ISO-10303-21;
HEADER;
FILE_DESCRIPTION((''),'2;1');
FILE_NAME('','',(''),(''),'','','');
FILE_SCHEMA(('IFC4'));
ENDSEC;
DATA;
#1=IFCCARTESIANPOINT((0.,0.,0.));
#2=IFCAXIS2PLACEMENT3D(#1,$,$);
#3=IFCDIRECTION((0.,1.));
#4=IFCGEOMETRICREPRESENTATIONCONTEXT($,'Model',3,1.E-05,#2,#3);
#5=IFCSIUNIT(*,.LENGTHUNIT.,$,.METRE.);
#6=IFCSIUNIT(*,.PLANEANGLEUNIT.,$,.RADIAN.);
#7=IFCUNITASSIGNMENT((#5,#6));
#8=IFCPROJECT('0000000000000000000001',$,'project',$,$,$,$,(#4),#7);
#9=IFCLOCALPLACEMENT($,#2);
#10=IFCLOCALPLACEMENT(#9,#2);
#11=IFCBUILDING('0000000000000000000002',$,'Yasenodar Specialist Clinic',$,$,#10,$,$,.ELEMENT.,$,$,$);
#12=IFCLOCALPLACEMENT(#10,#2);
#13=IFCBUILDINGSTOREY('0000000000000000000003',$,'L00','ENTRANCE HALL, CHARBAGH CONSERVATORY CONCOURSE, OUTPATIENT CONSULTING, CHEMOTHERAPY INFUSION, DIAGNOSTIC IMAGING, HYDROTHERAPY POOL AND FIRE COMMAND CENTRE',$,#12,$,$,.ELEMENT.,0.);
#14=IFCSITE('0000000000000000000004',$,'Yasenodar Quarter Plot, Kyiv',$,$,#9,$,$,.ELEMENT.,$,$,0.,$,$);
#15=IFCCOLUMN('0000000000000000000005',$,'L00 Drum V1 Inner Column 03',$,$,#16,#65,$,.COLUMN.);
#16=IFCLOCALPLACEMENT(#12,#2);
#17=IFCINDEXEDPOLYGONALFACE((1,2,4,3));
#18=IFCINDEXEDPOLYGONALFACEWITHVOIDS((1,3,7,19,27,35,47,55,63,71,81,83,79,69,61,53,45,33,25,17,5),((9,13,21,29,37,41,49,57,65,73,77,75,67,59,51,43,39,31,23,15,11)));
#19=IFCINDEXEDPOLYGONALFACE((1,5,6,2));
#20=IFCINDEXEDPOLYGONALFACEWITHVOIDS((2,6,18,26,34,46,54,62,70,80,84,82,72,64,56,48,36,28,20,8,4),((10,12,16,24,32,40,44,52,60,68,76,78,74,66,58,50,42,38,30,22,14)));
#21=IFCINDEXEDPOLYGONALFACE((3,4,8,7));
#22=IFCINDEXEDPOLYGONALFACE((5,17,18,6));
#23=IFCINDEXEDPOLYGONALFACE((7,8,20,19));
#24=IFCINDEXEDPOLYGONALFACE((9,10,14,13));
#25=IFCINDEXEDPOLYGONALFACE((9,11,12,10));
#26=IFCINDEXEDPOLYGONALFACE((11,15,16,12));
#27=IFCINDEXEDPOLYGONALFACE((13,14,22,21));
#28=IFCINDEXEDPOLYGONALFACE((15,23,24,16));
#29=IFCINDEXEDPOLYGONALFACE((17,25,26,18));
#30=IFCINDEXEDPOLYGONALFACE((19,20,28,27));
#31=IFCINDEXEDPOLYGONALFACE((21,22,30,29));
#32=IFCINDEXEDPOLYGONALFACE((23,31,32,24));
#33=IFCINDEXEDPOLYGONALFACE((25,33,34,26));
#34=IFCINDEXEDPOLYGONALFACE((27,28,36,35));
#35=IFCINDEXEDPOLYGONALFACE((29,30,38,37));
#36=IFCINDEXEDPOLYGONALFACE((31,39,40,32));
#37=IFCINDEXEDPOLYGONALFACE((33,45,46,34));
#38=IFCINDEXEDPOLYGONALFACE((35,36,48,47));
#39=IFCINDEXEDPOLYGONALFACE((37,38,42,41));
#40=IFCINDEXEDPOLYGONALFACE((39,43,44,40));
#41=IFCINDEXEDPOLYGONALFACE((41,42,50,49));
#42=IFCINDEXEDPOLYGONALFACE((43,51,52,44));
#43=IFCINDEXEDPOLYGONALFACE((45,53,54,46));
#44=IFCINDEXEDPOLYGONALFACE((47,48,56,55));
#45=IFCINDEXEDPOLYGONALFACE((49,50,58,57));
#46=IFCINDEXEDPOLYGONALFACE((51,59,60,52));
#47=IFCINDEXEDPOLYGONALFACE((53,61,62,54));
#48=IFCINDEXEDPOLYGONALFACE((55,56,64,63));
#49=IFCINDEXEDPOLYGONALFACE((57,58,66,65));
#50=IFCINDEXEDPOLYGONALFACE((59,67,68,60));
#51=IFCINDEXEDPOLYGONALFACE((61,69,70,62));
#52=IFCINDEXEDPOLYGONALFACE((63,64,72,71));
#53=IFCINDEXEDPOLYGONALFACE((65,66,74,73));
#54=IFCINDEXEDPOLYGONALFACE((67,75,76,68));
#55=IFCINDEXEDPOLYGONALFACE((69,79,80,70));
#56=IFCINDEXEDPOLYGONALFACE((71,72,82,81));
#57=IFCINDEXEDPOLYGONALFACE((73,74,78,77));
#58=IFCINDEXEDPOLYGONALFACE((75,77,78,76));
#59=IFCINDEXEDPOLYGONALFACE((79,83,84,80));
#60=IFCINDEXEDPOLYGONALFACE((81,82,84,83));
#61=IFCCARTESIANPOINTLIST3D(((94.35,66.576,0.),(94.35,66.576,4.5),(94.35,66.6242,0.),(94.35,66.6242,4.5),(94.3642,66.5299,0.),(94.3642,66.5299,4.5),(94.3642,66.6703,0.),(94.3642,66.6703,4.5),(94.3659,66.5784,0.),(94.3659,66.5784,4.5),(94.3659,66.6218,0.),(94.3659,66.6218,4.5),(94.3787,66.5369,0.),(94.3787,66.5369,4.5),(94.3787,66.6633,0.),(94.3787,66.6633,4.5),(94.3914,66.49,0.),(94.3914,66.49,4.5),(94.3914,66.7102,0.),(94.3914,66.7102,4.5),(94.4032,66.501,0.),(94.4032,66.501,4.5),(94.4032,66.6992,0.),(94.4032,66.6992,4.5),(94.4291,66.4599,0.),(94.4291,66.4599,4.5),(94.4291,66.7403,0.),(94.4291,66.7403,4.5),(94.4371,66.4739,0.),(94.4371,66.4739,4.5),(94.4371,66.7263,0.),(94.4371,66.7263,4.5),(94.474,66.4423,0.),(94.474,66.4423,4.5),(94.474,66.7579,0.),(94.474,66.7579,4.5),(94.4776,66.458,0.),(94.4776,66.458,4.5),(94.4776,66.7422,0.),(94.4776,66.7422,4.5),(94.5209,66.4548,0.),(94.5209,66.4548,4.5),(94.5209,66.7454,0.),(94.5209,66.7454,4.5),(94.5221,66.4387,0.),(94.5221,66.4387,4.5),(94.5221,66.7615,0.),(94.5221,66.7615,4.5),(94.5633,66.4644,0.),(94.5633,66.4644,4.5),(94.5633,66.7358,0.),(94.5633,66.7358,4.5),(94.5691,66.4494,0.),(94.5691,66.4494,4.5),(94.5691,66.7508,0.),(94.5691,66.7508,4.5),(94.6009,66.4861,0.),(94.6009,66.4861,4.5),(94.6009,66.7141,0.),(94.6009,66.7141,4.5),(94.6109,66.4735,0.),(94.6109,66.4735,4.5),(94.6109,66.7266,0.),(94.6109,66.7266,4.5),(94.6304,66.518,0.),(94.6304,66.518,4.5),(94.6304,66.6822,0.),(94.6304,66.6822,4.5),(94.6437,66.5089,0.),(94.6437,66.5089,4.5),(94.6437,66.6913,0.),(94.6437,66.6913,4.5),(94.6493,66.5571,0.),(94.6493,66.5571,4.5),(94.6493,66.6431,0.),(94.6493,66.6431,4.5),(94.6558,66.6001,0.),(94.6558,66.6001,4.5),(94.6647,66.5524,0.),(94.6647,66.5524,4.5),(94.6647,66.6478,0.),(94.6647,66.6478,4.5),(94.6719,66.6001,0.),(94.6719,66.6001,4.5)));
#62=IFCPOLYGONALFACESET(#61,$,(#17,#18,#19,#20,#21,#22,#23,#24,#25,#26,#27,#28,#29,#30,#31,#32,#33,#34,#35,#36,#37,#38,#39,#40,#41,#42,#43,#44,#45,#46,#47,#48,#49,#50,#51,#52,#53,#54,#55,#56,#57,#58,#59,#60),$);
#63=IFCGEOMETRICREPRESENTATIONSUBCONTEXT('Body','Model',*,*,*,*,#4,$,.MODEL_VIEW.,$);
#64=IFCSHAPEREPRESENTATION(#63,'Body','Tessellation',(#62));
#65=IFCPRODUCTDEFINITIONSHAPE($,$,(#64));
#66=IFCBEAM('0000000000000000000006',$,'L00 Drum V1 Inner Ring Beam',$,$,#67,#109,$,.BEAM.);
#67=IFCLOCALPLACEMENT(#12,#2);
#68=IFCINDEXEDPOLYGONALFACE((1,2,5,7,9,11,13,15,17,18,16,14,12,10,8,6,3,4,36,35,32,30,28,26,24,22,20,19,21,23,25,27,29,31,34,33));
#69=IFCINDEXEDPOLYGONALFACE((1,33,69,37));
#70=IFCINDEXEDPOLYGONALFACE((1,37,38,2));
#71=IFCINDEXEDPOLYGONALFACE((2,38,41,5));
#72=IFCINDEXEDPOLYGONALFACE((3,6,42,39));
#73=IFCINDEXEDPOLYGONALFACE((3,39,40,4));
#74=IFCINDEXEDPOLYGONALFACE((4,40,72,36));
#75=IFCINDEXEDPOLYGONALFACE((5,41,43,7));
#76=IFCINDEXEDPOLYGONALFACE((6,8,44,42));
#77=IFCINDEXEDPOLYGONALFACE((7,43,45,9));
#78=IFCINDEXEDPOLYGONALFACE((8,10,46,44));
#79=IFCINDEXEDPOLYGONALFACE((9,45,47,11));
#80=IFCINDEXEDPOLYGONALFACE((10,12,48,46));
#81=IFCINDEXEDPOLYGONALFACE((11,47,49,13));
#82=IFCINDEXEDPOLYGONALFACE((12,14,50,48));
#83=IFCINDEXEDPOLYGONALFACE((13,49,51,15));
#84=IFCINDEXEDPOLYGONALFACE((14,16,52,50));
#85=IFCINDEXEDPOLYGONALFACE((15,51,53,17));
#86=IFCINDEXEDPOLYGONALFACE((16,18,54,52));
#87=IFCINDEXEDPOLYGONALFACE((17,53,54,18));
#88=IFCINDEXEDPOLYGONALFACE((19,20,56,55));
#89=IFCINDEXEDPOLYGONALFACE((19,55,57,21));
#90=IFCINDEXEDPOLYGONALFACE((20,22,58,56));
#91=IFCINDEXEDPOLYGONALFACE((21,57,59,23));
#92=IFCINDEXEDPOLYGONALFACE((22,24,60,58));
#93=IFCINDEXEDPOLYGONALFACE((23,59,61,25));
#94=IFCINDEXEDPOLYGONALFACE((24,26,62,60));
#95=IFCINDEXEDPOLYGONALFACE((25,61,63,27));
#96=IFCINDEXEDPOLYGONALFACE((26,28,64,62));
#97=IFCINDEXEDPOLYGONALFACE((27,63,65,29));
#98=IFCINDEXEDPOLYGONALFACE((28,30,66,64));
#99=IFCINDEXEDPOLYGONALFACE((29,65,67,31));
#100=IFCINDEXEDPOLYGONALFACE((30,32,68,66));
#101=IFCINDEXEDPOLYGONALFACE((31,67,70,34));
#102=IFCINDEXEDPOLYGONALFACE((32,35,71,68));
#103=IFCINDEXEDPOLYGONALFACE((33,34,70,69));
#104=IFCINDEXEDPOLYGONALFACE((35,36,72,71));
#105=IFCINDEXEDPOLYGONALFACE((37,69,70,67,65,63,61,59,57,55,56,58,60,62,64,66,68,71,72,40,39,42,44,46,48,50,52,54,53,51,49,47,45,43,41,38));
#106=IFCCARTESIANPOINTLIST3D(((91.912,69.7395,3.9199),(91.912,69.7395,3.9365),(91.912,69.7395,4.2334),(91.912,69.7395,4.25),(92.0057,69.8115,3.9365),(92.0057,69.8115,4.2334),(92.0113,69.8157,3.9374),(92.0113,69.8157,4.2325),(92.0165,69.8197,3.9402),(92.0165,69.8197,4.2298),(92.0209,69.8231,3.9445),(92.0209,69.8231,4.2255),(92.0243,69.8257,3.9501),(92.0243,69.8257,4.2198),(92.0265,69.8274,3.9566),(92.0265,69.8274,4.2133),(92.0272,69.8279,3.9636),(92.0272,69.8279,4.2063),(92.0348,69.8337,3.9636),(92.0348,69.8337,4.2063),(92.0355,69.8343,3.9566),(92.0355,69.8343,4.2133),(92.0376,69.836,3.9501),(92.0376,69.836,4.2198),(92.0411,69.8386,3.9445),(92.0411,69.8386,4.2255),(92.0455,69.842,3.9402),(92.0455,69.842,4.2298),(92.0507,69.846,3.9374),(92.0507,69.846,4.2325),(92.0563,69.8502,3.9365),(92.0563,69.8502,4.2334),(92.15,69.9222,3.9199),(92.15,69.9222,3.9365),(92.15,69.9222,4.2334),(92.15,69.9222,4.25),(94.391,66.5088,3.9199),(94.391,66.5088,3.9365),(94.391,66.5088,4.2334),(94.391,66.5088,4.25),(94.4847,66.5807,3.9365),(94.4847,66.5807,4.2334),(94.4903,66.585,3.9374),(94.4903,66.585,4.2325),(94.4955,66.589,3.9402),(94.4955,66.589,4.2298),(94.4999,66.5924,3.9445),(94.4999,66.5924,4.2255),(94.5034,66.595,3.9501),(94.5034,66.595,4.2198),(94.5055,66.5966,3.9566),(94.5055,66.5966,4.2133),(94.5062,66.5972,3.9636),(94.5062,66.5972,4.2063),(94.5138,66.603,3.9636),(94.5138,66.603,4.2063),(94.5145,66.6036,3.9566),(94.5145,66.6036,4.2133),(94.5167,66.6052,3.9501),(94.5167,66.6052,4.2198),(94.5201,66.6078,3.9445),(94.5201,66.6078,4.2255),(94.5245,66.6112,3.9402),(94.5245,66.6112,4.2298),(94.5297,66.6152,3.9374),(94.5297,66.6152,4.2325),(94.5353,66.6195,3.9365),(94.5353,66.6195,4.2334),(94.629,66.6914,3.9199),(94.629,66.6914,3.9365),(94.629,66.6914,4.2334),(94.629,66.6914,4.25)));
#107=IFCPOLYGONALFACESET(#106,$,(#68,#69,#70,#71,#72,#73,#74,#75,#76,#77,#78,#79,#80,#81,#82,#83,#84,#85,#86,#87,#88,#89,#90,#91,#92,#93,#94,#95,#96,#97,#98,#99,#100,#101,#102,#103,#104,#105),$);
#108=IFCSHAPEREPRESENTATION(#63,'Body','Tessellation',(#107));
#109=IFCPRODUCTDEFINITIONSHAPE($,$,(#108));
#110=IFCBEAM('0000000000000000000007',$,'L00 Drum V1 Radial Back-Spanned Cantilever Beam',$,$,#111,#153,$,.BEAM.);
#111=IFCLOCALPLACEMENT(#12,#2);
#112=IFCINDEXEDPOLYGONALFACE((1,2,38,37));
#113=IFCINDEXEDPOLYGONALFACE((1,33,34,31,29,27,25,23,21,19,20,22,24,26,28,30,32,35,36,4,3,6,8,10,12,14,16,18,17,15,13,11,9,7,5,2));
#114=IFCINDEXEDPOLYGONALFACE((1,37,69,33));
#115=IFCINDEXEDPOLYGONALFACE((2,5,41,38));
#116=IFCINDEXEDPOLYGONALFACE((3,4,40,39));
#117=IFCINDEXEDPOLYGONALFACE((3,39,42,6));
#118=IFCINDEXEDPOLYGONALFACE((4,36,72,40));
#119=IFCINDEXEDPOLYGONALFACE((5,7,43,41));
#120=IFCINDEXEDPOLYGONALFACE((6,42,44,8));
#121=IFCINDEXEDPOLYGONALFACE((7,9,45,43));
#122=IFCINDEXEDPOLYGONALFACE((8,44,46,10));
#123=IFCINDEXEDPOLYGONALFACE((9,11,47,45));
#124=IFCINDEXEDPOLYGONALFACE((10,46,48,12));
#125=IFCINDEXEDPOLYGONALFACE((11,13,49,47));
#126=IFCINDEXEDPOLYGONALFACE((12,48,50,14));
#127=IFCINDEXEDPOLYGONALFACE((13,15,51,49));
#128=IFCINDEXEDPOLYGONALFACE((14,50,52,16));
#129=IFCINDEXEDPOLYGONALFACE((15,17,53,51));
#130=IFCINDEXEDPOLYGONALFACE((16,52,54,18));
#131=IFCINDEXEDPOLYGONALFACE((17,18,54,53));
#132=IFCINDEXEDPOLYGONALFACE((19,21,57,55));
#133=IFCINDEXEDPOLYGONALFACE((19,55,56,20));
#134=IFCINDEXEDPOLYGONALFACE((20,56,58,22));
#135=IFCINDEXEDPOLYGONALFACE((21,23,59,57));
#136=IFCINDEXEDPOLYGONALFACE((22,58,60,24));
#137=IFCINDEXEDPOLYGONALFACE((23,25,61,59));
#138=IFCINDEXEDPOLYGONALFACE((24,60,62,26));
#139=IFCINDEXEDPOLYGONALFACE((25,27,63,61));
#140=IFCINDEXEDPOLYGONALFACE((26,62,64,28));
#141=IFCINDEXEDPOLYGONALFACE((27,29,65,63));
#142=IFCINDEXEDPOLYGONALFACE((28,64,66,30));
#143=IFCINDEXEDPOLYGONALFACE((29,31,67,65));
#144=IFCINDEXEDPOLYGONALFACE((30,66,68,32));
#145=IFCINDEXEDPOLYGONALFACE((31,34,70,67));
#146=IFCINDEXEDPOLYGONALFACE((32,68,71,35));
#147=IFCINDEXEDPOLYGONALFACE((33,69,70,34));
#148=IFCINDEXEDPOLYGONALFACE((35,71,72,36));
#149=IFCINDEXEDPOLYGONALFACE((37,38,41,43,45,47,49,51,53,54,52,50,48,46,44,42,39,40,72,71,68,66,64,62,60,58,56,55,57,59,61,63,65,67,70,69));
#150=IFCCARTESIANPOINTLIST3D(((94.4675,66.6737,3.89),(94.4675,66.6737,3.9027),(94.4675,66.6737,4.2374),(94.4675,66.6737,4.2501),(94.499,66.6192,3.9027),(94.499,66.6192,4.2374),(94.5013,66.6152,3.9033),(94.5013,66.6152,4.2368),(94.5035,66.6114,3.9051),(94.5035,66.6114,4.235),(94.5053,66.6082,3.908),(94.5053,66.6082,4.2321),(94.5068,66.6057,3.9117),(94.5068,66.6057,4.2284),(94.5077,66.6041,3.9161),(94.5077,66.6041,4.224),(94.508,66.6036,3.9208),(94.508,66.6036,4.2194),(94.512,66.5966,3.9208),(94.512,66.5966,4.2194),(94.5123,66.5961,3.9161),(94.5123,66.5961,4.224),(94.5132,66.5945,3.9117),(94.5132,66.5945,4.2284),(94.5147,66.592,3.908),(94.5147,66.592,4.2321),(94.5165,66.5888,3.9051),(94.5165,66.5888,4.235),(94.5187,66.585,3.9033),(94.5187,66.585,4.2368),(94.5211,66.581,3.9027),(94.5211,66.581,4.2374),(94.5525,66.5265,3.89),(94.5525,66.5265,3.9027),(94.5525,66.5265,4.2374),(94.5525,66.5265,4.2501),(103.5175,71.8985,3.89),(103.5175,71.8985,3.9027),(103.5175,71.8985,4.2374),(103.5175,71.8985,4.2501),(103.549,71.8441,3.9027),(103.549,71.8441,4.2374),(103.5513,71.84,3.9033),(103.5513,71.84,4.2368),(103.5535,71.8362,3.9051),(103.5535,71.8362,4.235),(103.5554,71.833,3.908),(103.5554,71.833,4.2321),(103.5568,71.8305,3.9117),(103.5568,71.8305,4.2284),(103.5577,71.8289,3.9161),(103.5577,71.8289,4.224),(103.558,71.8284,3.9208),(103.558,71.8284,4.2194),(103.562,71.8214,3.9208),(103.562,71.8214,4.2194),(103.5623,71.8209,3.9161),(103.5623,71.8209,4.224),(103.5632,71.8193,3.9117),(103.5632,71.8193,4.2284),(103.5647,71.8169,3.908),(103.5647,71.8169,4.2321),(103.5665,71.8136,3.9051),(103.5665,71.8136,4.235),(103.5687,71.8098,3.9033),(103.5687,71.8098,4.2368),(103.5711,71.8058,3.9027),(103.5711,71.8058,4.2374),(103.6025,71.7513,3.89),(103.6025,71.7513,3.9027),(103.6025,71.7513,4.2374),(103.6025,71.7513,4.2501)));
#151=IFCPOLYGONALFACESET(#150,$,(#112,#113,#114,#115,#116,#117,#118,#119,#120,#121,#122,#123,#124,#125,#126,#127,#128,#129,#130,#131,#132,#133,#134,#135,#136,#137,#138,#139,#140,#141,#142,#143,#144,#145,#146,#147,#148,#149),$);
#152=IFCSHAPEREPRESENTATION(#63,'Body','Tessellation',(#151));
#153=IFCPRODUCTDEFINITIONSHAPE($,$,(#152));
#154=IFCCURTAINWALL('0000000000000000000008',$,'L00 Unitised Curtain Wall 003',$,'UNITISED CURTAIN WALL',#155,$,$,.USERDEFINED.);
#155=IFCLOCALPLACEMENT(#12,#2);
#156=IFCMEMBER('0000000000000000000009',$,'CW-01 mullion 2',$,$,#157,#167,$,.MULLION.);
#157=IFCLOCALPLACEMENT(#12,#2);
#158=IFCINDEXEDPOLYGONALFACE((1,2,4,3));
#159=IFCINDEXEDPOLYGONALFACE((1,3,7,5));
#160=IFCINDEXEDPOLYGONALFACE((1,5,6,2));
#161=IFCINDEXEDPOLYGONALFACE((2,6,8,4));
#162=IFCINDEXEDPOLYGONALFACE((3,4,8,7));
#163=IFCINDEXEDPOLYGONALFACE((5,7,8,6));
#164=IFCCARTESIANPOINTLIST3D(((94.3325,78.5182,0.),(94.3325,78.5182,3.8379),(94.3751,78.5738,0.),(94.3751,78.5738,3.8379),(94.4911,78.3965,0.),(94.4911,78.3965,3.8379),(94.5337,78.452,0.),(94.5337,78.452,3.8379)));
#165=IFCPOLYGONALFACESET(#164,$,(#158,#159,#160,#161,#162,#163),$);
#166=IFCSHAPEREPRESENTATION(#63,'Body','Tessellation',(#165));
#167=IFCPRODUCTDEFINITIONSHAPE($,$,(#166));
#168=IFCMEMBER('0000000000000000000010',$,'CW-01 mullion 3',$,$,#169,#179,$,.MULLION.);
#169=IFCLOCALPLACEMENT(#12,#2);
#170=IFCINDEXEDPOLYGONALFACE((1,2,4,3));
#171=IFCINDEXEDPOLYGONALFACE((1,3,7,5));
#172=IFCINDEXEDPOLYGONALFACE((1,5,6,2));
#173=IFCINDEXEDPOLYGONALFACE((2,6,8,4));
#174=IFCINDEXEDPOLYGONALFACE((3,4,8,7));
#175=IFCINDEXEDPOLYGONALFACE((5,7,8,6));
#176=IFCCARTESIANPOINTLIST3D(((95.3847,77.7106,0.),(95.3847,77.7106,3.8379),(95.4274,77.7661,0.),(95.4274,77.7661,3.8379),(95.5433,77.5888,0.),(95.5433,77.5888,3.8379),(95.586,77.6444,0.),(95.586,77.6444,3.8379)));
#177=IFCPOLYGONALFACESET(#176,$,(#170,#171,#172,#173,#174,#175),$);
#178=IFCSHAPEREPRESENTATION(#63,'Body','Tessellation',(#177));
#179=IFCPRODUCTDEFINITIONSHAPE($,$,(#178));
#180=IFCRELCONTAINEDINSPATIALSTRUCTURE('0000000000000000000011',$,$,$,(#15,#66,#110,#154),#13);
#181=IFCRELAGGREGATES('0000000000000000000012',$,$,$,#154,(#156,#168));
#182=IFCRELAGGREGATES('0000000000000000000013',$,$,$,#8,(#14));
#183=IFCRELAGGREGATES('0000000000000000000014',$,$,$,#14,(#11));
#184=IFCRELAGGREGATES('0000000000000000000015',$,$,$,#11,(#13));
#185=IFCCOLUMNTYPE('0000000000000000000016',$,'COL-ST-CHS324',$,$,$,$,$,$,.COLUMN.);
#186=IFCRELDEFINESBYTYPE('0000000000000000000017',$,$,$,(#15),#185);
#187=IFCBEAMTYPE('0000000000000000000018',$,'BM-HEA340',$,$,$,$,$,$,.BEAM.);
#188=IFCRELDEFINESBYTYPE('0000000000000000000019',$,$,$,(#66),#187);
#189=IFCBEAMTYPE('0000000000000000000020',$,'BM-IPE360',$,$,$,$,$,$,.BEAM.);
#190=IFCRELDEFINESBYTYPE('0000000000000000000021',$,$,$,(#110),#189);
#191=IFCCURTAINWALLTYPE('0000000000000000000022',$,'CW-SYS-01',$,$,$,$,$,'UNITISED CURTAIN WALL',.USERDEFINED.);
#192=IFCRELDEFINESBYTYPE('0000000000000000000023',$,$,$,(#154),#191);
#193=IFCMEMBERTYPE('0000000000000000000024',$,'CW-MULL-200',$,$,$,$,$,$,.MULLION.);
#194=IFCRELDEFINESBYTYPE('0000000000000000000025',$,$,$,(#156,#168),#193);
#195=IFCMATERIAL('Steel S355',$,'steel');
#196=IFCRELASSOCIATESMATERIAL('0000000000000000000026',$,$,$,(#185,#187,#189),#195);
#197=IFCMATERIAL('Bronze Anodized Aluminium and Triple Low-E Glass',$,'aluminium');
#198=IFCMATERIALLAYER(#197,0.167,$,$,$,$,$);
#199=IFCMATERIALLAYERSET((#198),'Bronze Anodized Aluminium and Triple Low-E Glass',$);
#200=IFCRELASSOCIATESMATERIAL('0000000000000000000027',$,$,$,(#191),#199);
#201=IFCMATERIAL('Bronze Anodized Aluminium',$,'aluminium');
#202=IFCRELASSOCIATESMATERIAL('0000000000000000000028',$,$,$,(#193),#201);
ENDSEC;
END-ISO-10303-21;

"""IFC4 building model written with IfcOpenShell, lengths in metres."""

from ifc_helpers import new_model, si_unit, direction, frame, origin, origin_2d, place, context, subcontext, project, spatial, rectangle, hollow_circle, i_section, extrude, material, layer, layer_set, material_profile, profile_set, type_object, element, aggregate, save


model = new_model("IFC4")

# Units and contexts
model_context = context("Model", 3, precision=1e-05, world=origin(), true_north=direction((0.0, 1.0)))
body_context = subcontext(model_context, "Body", "Model", "MODEL_VIEW")
ifc_project = project(units=[si_unit("LENGTHUNIT", "METRE"), si_unit("PLANEANGLEUNIT", "RADIAN")], contexts=[model_context])

# Site, building, storey
site_placement = place(None, origin())
site = spatial("IfcSite", under=ifc_project, at=site_placement, Name="Yasenodar Quarter Plot, Kyiv", CompositionType="ELEMENT", RefElevation=0.0)
building_placement = place(site_placement, origin())
building = spatial("IfcBuilding", under=site, at=building_placement, Name="Yasenodar Specialist Clinic", CompositionType="ELEMENT")
storey_placement = place(building_placement, origin())
storey = spatial("IfcBuildingStorey", under=building, at=storey_placement, Name="L00", Description="ENTRANCE HALL, CHARBAGH CONSERVATORY CONCOURSE, OUTPATIENT CONSULTING, CHEMOTHERAPY INFUSION, DIAGNOSTIC IMAGING, HYDROTHERAPY POOL AND FIRE COMMAND CENTRE", CompositionType="ELEMENT", Elevation=0.0)

# Column
ifc_material_1 = material(Name="Steel S355", Category="steel")
ifc_material_profile_1 = material_profile(ifc_material_1, hollow_circle(Radius=0.1619, WallThickness=0.0161, at=origin_2d()), Name="CHS 323.9x16")
ifc_profile_set_1 = profile_set([ifc_material_profile_1], Name="Steel S355")
column_type = type_object("IfcColumnType", Name="COL-ST-CHS324", PredefinedType="COLUMN", material=ifc_profile_set_1)
column_placement = place(storey_placement, frame((94.51, 66.6001, 0.0), z_axis=(0.0, 0.0, 1.0), x_axis=(1.0, 0.0, 0.0)))
element("IfcColumn", 1, at=column_placement, inside=storey, type_object=column_type, Name="L00 Drum V1 Inner Column 03", PredefinedType="COLUMN", context=body_context, shape_type="SweptSolid", body=[
    extrude(hollow_circle(Radius=0.1619, WallThickness=0.0161, at=origin_2d()), origin(), (0.0, 0.0, 1.0), 4.5),
])

# Beams
ifc_material_profile_2 = material_profile(ifc_material_1, i_section(OverallWidth=0.3, OverallDepth=0.3301, WebThickness=0.0095, FlangeThickness=0.0166, FilletRadius=0.0271, at=origin_2d()), Name="HEA 340")
ifc_profile_set_2 = profile_set([ifc_material_profile_2], Name="Steel S355")
beam_type_1 = type_object("IfcBeamType", Name="BM-HEA340", PredefinedType="BEAM", material=ifc_profile_set_2)
beam_1_placement = place(storey_placement, frame((94.51, 66.6001, 4.085), z_axis=(-0.60876, 0.793354, 0.0), x_axis=(-0.793354, -0.60876, 0.0)))
element("IfcBeam", 2, at=beam_1_placement, inside=storey, type_object=beam_type_1, Name="L00 Drum V1 Inner Ring Beam", PredefinedType="BEAM", context=body_context, shape_type="SweptSolid", body=[
    extrude(i_section(OverallWidth=0.3, OverallDepth=0.3301, WebThickness=0.0095, FlangeThickness=0.0166, FilletRadius=0.0271, at=origin_2d()), origin(), (0.0, 0.0, 1.0), 4.0723),
])
ifc_material_profile_3 = material_profile(ifc_material_1, i_section(OverallWidth=0.1699, OverallDepth=0.3601, WebThickness=0.0081, FlangeThickness=0.0127, FilletRadius=0.0181, at=origin_2d()), Name="IPE 360")
ifc_profile_set_3 = profile_set([ifc_material_profile_3], Name="Steel S355")
beam_type_2 = type_object("IfcBeamType", Name="BM-IPE360", PredefinedType="BEAM", material=ifc_profile_set_3)
beam_2_placement = place(storey_placement, frame((94.51, 66.6001, 4.0701), z_axis=(0.866033, 0.499986, 0.0), x_axis=(-0.499986, 0.866033, 0.0)))
element("IfcBeam", 3, at=beam_2_placement, inside=storey, type_object=beam_type_2, Name="L00 Drum V1 Radial Back-Spanned Cantilever Beam", PredefinedType="BEAM", context=body_context, shape_type="SweptSolid", body=[
    extrude(i_section(OverallWidth=0.1699, OverallDepth=0.3601, WebThickness=0.0081, FlangeThickness=0.0127, FilletRadius=0.0181, at=origin_2d()), origin(), (0.0, 0.0, 1.0), 10.45),
])

# Curtain wall, members
ifc_material_2 = material(Name="Bronze Anodized Aluminium and Triple Low-E Glass", Category="aluminium")
ifc_layer_1 = layer(ifc_material_2, 0.167)
ifc_layer_set_1 = layer_set([ifc_layer_1], Name="Bronze Anodized Aluminium and Triple Low-E Glass")
curtain_wall_type = type_object("IfcCurtainWallType", Name="CW-SYS-01", ElementType="UNITISED CURTAIN WALL", PredefinedType="USERDEFINED", material=ifc_layer_set_1)
curtain_wall_placement = place(storey_placement, origin())
curtain_wall = element("IfcCurtainWall", 4, at=curtain_wall_placement, inside=storey, type_object=curtain_wall_type, Name="L00 Unitised Curtain Wall 003", ObjectType="UNITISED CURTAIN WALL", PredefinedType="USERDEFINED")
ifc_material_3 = material(Name="Bronze Anodized Aluminium", Category="aluminium")
ifc_material_profile_4 = material_profile(ifc_material_3, rectangle(XDim=0.0701, YDim=0.2, at=origin_2d()), Name="CW-MULL 70x200")
ifc_profile_set_4 = profile_set([ifc_material_profile_4], Name="Bronze Anodized Aluminium")
member_type_1 = type_object("IfcMemberType", Name="CW-MULL-200", PredefinedType="MULLION", material=ifc_profile_set_4)
member_1_placement = place(storey_placement, frame((94.4331, 78.4851, 0.0), z_axis=(0.0, 0.0, 1.0), x_axis=(0.608752, 0.793361, 0.0)))
member_1 = element("IfcMember", 5, at=member_1_placement, type_object=member_type_1, Name="CW-01 mullion 2", PredefinedType="MULLION", context=body_context, shape_type="SweptSolid", body=[
    extrude(rectangle(XDim=0.0701, YDim=0.2, at=origin_2d()), origin(), (0.0, 0.0, 1.0), 3.8379),
])
member_2_placement = place(storey_placement, frame((95.4854, 77.6775, 0.0), z_axis=(0.0, 0.0, 1.0), x_axis=(0.608752, 0.793361, 0.0)))
member_2 = element("IfcMember", 6, at=member_2_placement, type_object=member_type_1, Name="CW-01 mullion 3", PredefinedType="MULLION", context=body_context, shape_type="SweptSolid", body=[
    extrude(rectangle(XDim=0.0701, YDim=0.2, at=origin_2d()), origin(), (0.0, 0.0, 1.0), 3.8379),
])
aggregate(curtain_wall, [member_1, member_2])

save(model, "model.ifc")
